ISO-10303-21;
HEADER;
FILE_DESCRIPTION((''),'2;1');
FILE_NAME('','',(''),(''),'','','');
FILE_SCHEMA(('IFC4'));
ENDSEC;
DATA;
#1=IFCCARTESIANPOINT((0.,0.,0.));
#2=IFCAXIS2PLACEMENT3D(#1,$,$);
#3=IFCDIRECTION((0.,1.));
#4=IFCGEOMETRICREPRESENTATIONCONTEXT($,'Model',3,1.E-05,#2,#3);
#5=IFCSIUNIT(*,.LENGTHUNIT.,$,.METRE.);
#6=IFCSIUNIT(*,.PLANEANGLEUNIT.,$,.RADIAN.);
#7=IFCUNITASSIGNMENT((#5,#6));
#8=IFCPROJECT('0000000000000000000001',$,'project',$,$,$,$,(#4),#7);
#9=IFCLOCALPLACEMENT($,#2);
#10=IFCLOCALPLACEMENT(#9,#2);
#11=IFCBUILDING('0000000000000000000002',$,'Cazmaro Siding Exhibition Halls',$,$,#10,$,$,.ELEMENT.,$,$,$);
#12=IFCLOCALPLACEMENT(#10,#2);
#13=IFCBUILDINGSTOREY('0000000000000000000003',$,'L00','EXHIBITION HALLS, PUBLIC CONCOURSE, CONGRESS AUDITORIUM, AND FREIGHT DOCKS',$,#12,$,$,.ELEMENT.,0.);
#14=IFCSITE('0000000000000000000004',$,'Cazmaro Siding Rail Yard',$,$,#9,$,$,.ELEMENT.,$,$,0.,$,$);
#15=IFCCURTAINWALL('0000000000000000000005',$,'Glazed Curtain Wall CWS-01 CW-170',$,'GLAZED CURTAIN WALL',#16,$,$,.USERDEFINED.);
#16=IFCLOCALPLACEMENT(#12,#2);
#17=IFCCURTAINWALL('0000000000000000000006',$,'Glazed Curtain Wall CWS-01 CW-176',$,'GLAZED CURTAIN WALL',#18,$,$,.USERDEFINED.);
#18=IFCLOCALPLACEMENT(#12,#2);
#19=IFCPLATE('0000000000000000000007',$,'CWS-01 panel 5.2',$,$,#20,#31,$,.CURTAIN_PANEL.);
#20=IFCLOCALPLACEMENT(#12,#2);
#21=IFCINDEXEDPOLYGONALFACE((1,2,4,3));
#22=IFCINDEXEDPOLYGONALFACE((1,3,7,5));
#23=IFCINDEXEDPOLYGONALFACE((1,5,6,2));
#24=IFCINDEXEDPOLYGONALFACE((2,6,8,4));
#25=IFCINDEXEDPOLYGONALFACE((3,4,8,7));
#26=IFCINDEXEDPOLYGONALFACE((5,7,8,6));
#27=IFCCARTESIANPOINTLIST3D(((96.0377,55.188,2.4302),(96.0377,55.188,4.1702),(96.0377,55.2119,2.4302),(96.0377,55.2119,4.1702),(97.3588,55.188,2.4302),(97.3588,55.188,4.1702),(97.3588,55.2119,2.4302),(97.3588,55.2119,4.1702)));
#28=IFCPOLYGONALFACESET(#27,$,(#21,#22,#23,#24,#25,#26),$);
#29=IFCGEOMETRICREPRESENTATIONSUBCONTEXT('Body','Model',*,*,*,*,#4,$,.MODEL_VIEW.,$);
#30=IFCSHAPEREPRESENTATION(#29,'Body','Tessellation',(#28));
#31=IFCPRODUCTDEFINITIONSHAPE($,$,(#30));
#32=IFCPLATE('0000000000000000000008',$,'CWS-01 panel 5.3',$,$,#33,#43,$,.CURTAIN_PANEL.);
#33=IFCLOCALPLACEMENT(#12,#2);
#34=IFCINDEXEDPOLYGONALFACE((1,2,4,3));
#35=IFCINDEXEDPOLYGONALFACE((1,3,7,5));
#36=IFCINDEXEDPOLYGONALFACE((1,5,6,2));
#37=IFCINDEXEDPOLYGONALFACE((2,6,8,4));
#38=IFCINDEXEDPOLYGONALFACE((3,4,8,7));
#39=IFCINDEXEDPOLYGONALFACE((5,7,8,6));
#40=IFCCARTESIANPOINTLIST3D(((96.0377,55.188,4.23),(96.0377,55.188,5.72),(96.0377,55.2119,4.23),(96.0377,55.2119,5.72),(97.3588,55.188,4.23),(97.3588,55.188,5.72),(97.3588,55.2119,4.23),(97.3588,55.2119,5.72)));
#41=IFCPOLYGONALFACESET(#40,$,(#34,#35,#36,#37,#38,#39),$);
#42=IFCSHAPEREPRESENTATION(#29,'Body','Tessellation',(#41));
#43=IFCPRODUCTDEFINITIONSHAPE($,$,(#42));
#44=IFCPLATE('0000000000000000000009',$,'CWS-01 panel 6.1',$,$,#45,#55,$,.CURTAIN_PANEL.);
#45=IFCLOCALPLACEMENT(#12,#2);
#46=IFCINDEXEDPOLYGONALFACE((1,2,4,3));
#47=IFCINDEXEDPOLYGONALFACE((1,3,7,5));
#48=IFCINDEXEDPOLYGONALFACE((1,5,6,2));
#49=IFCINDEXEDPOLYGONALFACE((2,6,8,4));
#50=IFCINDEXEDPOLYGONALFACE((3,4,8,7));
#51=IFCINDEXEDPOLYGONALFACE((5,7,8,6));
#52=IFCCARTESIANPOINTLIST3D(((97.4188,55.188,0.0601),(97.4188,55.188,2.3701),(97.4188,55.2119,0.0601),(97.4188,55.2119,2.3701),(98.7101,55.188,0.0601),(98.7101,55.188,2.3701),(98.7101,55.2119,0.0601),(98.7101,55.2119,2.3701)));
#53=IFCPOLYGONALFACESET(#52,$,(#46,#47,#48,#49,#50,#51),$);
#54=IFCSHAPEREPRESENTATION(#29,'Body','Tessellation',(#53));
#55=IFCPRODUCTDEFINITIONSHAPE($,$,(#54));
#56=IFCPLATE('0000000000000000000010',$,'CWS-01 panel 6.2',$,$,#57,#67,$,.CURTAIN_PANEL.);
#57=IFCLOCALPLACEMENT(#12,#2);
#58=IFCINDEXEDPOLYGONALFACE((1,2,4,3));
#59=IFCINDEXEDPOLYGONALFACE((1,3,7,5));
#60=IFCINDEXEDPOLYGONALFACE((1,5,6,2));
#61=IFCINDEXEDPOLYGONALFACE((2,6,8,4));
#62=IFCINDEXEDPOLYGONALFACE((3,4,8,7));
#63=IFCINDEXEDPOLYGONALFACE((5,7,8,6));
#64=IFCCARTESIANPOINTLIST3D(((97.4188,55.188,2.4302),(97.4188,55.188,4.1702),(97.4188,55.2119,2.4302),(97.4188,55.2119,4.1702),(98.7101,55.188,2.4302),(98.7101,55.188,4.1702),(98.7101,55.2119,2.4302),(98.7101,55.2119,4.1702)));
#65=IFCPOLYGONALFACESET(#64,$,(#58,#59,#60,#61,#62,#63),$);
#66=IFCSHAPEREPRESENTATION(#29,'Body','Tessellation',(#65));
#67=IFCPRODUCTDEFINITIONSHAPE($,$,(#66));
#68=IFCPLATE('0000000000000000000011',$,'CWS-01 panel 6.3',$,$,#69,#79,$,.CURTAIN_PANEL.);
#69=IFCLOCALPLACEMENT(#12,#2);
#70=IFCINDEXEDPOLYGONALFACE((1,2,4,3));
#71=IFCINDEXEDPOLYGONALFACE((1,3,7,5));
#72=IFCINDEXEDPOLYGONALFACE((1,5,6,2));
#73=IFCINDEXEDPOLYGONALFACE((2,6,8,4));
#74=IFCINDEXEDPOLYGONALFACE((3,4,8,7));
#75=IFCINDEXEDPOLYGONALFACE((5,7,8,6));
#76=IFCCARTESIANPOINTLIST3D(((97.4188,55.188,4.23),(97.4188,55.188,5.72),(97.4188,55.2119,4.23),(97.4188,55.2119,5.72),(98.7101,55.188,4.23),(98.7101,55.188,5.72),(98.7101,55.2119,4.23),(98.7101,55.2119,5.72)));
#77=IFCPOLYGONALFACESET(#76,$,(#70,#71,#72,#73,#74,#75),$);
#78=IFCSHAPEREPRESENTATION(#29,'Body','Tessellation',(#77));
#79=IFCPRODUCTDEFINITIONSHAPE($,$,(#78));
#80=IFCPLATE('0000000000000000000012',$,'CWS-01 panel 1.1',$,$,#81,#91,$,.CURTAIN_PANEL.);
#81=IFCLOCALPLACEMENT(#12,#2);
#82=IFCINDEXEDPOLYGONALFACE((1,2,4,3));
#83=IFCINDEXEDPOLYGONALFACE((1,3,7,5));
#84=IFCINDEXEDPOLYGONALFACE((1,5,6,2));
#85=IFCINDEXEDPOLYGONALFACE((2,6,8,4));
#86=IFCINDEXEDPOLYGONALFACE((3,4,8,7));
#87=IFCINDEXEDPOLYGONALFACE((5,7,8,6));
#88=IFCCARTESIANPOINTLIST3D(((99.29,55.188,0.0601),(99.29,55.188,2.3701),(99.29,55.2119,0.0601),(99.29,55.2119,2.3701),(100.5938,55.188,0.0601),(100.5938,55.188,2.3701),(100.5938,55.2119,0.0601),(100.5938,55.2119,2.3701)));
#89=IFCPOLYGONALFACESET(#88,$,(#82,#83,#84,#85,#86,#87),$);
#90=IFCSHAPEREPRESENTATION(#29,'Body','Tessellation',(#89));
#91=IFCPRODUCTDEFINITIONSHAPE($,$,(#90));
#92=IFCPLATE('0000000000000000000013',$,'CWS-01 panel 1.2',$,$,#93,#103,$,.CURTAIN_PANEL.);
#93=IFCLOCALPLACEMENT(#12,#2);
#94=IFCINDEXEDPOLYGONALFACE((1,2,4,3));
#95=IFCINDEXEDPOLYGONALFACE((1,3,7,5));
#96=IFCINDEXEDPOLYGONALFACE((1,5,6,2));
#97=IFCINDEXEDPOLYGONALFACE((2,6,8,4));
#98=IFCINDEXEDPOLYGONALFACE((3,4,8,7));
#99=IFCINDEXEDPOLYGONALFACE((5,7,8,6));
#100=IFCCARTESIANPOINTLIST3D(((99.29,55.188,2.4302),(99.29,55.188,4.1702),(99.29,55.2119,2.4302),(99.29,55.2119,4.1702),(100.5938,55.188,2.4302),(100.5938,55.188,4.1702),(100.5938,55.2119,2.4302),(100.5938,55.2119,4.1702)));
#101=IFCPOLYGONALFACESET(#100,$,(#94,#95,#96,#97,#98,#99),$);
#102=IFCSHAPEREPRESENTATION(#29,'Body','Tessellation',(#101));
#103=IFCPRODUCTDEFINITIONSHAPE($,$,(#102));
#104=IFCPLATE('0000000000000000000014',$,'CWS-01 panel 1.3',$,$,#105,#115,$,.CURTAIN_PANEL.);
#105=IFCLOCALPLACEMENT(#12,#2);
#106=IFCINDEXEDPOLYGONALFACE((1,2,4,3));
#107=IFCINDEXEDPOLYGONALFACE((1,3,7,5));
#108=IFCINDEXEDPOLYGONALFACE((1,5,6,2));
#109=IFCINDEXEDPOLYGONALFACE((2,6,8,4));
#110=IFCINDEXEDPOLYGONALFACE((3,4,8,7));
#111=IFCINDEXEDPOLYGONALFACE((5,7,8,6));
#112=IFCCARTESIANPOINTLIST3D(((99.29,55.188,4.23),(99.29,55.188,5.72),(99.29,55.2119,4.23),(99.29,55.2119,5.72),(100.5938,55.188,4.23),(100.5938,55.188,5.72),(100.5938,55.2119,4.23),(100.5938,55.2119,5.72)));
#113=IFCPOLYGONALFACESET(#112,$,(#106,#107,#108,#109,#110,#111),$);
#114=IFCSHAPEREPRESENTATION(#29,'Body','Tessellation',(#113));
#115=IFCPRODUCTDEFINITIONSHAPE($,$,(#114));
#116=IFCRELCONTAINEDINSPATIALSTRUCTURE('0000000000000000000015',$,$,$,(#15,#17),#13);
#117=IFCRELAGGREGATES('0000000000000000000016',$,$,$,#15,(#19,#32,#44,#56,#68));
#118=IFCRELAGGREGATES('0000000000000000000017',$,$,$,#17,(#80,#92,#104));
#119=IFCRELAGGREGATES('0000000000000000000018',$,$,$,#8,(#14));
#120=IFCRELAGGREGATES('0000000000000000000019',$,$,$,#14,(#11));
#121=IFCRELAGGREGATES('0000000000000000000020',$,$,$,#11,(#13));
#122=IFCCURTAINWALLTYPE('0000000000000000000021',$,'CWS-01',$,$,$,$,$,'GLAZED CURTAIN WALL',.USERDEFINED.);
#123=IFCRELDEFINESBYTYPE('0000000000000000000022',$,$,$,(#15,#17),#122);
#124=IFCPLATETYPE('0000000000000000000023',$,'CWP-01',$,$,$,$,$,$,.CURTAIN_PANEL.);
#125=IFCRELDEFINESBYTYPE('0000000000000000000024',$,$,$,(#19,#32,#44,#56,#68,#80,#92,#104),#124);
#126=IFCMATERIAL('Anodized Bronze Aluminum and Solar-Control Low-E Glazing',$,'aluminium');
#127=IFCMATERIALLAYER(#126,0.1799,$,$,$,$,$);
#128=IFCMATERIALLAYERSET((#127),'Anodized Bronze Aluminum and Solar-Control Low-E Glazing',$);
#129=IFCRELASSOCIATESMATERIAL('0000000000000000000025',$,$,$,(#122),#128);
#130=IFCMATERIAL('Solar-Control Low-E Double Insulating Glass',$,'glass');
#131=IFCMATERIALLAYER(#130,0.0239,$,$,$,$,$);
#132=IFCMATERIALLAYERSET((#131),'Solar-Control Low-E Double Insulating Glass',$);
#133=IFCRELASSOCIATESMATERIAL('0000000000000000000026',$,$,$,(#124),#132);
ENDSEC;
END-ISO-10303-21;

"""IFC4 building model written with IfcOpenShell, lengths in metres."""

from ifc_helpers import new_model, si_unit, direction, frame, origin, origin_2d, place, context, subcontext, project, spatial, rectangle, extrude, material, layer, layer_set, type_object, element, aggregate, save


model = new_model("IFC4")

# Units and contexts
model_context = context("Model", 3, precision=1e-05, world=origin(), true_north=direction((0.0, 1.0)))
body_context = subcontext(model_context, "Body", "Model", "MODEL_VIEW")
ifc_project = project(units=[si_unit("LENGTHUNIT", "METRE"), si_unit("PLANEANGLEUNIT", "RADIAN")], contexts=[model_context])

# Site, building, storey
site_placement = place(None, origin())
site = spatial("IfcSite", under=ifc_project, at=site_placement, Name="Cazmaro Siding Rail Yard", CompositionType="ELEMENT", RefElevation=0.0)
building_placement = place(site_placement, origin())
building = spatial("IfcBuilding", under=site, at=building_placement, Name="Cazmaro Siding Exhibition Halls", CompositionType="ELEMENT")
storey_placement = place(building_placement, origin())
storey = spatial("IfcBuildingStorey", under=building, at=storey_placement, Name="L00", Description="EXHIBITION HALLS, PUBLIC CONCOURSE, CONGRESS AUDITORIUM, AND FREIGHT DOCKS", CompositionType="ELEMENT", Elevation=0.0)

# Curtain walls
ifc_material_1 = material(Name="Anodized Bronze Aluminum and Solar-Control Low-E Glazing", Category="aluminium")
ifc_layer_1 = layer(ifc_material_1, 0.1799)
ifc_layer_set_1 = layer_set([ifc_layer_1], Name="Anodized Bronze Aluminum and Solar-Control Low-E Glazing")
curtain_wall_type = type_object("IfcCurtainWallType", Name="CWS-01", ElementType="GLAZED CURTAIN WALL", PredefinedType="USERDEFINED", material=ifc_layer_set_1)
curtain_wall_1_placement = place(storey_placement, origin())
curtain_wall_1 = element("IfcCurtainWall", 1, at=curtain_wall_1_placement, inside=storey, type_object=curtain_wall_type, Name="Glazed Curtain Wall CWS-01 CW-170", ObjectType="GLAZED CURTAIN WALL", PredefinedType="USERDEFINED")
curtain_wall_2_placement = place(storey_placement, origin())
curtain_wall_2 = element("IfcCurtainWall", 2, at=curtain_wall_2_placement, inside=storey, type_object=curtain_wall_type, Name="Glazed Curtain Wall CWS-01 CW-176", ObjectType="GLAZED CURTAIN WALL", PredefinedType="USERDEFINED")

# Plates
ifc_material_2 = material(Name="Solar-Control Low-E Double Insulating Glass", Category="glass")
ifc_layer_2 = layer(ifc_material_2, 0.0239)
ifc_layer_set_2 = layer_set([ifc_layer_2], Name="Solar-Control Low-E Double Insulating Glass")
plate_type = type_object("IfcPlateType", Name="CWP-01", PredefinedType="CURTAIN_PANEL", material=ifc_layer_set_2)
plate_1_placement = place(storey_placement, frame((96.6982, 55.2, 2.4302), z_axis=(0.0, 0.0, 1.0), x_axis=(1.0, 0.0, 0.0)))
plate_1 = element("IfcPlate", 3, at=plate_1_placement, type_object=plate_type, Name="CWS-01 panel 5.2", PredefinedType="CURTAIN_PANEL", context=body_context, shape_type="SweptSolid", body=[
    extrude(rectangle(XDim=1.321, YDim=0.0239, at=origin_2d()), origin(), (0.0, 0.0, 1.0), 1.74),
])
plate_2_placement = place(storey_placement, frame((96.6982, 55.2, 4.23), z_axis=(0.0, 0.0, 1.0), x_axis=(1.0, 0.0, 0.0)))
plate_2 = element("IfcPlate", 4, at=plate_2_placement, type_object=plate_type, Name="CWS-01 panel 5.3", PredefinedType="CURTAIN_PANEL", context=body_context, shape_type="SweptSolid", body=[
    extrude(rectangle(XDim=1.321, YDim=0.0239, at=origin_2d()), origin(), (0.0, 0.0, 1.0), 1.49),
])
plate_3_placement = place(storey_placement, frame((98.0645, 55.2, 0.0601), z_axis=(0.0, 0.0, 1.0), x_axis=(1.0, 0.0, 0.0)))
plate_3 = element("IfcPlate", 5, at=plate_3_placement, type_object=plate_type, Name="CWS-01 panel 6.1", PredefinedType="CURTAIN_PANEL", context=body_context, shape_type="SweptSolid", body=[
    extrude(rectangle(XDim=1.2913, YDim=0.0239, at=origin_2d()), origin(), (0.0, 0.0, 1.0), 2.3101),
])
plate_4_placement = place(storey_placement, frame((98.0645, 55.2, 2.4302), z_axis=(0.0, 0.0, 1.0), x_axis=(1.0, 0.0, 0.0)))
plate_4 = element("IfcPlate", 6, at=plate_4_placement, type_object=plate_type, Name="CWS-01 panel 6.2", PredefinedType="CURTAIN_PANEL", context=body_context, shape_type="SweptSolid", body=[
    extrude(rectangle(XDim=1.2913, YDim=0.0239, at=origin_2d()), origin(), (0.0, 0.0, 1.0), 1.74),
])
plate_5_placement = place(storey_placement, frame((98.0645, 55.2, 4.23), z_axis=(0.0, 0.0, 1.0), x_axis=(1.0, 0.0, 0.0)))
plate_5 = element("IfcPlate", 7, at=plate_5_placement, type_object=plate_type, Name="CWS-01 panel 6.3", PredefinedType="CURTAIN_PANEL", context=body_context, shape_type="SweptSolid", body=[
    extrude(rectangle(XDim=1.2913, YDim=0.0239, at=origin_2d()), origin(), (0.0, 0.0, 1.0), 1.49),
])
aggregate(curtain_wall_1, [plate_1, plate_2, plate_3, plate_4, plate_5])
plate_6_placement = place(storey_placement, frame((99.9419, 55.2, 0.0601), z_axis=(0.0, 0.0, 1.0), x_axis=(1.0, 0.0, 0.0)))
plate_6 = element("IfcPlate", 8, at=plate_6_placement, type_object=plate_type, Name="CWS-01 panel 1.1", PredefinedType="CURTAIN_PANEL", context=body_context, shape_type="SweptSolid", body=[
    extrude(rectangle(XDim=1.3037, YDim=0.0239, at=origin_2d()), origin(), (0.0, 0.0, 1.0), 2.3101),
])
plate_7_placement = place(storey_placement, frame((99.9419, 55.2, 2.4302), z_axis=(0.0, 0.0, 1.0), x_axis=(1.0, 0.0, 0.0)))
plate_7 = element("IfcPlate", 9, at=plate_7_placement, type_object=plate_type, Name="CWS-01 panel 1.2", PredefinedType="CURTAIN_PANEL", context=body_context, shape_type="SweptSolid", body=[
    extrude(rectangle(XDim=1.3037, YDim=0.0239, at=origin_2d()), origin(), (0.0, 0.0, 1.0), 1.74),
])
plate_8_placement = place(storey_placement, frame((99.9419, 55.2, 4.23), z_axis=(0.0, 0.0, 1.0), x_axis=(1.0, 0.0, 0.0)))
plate_8 = element("IfcPlate", 10, at=plate_8_placement, type_object=plate_type, Name="CWS-01 panel 1.3", PredefinedType="CURTAIN_PANEL", context=body_context, shape_type="SweptSolid", body=[
    extrude(rectangle(XDim=1.3037, YDim=0.0239, at=origin_2d()), origin(), (0.0, 0.0, 1.0), 1.49),
])
aggregate(curtain_wall_2, [plate_6, plate_7, plate_8])

save(model, "model.ifc")
